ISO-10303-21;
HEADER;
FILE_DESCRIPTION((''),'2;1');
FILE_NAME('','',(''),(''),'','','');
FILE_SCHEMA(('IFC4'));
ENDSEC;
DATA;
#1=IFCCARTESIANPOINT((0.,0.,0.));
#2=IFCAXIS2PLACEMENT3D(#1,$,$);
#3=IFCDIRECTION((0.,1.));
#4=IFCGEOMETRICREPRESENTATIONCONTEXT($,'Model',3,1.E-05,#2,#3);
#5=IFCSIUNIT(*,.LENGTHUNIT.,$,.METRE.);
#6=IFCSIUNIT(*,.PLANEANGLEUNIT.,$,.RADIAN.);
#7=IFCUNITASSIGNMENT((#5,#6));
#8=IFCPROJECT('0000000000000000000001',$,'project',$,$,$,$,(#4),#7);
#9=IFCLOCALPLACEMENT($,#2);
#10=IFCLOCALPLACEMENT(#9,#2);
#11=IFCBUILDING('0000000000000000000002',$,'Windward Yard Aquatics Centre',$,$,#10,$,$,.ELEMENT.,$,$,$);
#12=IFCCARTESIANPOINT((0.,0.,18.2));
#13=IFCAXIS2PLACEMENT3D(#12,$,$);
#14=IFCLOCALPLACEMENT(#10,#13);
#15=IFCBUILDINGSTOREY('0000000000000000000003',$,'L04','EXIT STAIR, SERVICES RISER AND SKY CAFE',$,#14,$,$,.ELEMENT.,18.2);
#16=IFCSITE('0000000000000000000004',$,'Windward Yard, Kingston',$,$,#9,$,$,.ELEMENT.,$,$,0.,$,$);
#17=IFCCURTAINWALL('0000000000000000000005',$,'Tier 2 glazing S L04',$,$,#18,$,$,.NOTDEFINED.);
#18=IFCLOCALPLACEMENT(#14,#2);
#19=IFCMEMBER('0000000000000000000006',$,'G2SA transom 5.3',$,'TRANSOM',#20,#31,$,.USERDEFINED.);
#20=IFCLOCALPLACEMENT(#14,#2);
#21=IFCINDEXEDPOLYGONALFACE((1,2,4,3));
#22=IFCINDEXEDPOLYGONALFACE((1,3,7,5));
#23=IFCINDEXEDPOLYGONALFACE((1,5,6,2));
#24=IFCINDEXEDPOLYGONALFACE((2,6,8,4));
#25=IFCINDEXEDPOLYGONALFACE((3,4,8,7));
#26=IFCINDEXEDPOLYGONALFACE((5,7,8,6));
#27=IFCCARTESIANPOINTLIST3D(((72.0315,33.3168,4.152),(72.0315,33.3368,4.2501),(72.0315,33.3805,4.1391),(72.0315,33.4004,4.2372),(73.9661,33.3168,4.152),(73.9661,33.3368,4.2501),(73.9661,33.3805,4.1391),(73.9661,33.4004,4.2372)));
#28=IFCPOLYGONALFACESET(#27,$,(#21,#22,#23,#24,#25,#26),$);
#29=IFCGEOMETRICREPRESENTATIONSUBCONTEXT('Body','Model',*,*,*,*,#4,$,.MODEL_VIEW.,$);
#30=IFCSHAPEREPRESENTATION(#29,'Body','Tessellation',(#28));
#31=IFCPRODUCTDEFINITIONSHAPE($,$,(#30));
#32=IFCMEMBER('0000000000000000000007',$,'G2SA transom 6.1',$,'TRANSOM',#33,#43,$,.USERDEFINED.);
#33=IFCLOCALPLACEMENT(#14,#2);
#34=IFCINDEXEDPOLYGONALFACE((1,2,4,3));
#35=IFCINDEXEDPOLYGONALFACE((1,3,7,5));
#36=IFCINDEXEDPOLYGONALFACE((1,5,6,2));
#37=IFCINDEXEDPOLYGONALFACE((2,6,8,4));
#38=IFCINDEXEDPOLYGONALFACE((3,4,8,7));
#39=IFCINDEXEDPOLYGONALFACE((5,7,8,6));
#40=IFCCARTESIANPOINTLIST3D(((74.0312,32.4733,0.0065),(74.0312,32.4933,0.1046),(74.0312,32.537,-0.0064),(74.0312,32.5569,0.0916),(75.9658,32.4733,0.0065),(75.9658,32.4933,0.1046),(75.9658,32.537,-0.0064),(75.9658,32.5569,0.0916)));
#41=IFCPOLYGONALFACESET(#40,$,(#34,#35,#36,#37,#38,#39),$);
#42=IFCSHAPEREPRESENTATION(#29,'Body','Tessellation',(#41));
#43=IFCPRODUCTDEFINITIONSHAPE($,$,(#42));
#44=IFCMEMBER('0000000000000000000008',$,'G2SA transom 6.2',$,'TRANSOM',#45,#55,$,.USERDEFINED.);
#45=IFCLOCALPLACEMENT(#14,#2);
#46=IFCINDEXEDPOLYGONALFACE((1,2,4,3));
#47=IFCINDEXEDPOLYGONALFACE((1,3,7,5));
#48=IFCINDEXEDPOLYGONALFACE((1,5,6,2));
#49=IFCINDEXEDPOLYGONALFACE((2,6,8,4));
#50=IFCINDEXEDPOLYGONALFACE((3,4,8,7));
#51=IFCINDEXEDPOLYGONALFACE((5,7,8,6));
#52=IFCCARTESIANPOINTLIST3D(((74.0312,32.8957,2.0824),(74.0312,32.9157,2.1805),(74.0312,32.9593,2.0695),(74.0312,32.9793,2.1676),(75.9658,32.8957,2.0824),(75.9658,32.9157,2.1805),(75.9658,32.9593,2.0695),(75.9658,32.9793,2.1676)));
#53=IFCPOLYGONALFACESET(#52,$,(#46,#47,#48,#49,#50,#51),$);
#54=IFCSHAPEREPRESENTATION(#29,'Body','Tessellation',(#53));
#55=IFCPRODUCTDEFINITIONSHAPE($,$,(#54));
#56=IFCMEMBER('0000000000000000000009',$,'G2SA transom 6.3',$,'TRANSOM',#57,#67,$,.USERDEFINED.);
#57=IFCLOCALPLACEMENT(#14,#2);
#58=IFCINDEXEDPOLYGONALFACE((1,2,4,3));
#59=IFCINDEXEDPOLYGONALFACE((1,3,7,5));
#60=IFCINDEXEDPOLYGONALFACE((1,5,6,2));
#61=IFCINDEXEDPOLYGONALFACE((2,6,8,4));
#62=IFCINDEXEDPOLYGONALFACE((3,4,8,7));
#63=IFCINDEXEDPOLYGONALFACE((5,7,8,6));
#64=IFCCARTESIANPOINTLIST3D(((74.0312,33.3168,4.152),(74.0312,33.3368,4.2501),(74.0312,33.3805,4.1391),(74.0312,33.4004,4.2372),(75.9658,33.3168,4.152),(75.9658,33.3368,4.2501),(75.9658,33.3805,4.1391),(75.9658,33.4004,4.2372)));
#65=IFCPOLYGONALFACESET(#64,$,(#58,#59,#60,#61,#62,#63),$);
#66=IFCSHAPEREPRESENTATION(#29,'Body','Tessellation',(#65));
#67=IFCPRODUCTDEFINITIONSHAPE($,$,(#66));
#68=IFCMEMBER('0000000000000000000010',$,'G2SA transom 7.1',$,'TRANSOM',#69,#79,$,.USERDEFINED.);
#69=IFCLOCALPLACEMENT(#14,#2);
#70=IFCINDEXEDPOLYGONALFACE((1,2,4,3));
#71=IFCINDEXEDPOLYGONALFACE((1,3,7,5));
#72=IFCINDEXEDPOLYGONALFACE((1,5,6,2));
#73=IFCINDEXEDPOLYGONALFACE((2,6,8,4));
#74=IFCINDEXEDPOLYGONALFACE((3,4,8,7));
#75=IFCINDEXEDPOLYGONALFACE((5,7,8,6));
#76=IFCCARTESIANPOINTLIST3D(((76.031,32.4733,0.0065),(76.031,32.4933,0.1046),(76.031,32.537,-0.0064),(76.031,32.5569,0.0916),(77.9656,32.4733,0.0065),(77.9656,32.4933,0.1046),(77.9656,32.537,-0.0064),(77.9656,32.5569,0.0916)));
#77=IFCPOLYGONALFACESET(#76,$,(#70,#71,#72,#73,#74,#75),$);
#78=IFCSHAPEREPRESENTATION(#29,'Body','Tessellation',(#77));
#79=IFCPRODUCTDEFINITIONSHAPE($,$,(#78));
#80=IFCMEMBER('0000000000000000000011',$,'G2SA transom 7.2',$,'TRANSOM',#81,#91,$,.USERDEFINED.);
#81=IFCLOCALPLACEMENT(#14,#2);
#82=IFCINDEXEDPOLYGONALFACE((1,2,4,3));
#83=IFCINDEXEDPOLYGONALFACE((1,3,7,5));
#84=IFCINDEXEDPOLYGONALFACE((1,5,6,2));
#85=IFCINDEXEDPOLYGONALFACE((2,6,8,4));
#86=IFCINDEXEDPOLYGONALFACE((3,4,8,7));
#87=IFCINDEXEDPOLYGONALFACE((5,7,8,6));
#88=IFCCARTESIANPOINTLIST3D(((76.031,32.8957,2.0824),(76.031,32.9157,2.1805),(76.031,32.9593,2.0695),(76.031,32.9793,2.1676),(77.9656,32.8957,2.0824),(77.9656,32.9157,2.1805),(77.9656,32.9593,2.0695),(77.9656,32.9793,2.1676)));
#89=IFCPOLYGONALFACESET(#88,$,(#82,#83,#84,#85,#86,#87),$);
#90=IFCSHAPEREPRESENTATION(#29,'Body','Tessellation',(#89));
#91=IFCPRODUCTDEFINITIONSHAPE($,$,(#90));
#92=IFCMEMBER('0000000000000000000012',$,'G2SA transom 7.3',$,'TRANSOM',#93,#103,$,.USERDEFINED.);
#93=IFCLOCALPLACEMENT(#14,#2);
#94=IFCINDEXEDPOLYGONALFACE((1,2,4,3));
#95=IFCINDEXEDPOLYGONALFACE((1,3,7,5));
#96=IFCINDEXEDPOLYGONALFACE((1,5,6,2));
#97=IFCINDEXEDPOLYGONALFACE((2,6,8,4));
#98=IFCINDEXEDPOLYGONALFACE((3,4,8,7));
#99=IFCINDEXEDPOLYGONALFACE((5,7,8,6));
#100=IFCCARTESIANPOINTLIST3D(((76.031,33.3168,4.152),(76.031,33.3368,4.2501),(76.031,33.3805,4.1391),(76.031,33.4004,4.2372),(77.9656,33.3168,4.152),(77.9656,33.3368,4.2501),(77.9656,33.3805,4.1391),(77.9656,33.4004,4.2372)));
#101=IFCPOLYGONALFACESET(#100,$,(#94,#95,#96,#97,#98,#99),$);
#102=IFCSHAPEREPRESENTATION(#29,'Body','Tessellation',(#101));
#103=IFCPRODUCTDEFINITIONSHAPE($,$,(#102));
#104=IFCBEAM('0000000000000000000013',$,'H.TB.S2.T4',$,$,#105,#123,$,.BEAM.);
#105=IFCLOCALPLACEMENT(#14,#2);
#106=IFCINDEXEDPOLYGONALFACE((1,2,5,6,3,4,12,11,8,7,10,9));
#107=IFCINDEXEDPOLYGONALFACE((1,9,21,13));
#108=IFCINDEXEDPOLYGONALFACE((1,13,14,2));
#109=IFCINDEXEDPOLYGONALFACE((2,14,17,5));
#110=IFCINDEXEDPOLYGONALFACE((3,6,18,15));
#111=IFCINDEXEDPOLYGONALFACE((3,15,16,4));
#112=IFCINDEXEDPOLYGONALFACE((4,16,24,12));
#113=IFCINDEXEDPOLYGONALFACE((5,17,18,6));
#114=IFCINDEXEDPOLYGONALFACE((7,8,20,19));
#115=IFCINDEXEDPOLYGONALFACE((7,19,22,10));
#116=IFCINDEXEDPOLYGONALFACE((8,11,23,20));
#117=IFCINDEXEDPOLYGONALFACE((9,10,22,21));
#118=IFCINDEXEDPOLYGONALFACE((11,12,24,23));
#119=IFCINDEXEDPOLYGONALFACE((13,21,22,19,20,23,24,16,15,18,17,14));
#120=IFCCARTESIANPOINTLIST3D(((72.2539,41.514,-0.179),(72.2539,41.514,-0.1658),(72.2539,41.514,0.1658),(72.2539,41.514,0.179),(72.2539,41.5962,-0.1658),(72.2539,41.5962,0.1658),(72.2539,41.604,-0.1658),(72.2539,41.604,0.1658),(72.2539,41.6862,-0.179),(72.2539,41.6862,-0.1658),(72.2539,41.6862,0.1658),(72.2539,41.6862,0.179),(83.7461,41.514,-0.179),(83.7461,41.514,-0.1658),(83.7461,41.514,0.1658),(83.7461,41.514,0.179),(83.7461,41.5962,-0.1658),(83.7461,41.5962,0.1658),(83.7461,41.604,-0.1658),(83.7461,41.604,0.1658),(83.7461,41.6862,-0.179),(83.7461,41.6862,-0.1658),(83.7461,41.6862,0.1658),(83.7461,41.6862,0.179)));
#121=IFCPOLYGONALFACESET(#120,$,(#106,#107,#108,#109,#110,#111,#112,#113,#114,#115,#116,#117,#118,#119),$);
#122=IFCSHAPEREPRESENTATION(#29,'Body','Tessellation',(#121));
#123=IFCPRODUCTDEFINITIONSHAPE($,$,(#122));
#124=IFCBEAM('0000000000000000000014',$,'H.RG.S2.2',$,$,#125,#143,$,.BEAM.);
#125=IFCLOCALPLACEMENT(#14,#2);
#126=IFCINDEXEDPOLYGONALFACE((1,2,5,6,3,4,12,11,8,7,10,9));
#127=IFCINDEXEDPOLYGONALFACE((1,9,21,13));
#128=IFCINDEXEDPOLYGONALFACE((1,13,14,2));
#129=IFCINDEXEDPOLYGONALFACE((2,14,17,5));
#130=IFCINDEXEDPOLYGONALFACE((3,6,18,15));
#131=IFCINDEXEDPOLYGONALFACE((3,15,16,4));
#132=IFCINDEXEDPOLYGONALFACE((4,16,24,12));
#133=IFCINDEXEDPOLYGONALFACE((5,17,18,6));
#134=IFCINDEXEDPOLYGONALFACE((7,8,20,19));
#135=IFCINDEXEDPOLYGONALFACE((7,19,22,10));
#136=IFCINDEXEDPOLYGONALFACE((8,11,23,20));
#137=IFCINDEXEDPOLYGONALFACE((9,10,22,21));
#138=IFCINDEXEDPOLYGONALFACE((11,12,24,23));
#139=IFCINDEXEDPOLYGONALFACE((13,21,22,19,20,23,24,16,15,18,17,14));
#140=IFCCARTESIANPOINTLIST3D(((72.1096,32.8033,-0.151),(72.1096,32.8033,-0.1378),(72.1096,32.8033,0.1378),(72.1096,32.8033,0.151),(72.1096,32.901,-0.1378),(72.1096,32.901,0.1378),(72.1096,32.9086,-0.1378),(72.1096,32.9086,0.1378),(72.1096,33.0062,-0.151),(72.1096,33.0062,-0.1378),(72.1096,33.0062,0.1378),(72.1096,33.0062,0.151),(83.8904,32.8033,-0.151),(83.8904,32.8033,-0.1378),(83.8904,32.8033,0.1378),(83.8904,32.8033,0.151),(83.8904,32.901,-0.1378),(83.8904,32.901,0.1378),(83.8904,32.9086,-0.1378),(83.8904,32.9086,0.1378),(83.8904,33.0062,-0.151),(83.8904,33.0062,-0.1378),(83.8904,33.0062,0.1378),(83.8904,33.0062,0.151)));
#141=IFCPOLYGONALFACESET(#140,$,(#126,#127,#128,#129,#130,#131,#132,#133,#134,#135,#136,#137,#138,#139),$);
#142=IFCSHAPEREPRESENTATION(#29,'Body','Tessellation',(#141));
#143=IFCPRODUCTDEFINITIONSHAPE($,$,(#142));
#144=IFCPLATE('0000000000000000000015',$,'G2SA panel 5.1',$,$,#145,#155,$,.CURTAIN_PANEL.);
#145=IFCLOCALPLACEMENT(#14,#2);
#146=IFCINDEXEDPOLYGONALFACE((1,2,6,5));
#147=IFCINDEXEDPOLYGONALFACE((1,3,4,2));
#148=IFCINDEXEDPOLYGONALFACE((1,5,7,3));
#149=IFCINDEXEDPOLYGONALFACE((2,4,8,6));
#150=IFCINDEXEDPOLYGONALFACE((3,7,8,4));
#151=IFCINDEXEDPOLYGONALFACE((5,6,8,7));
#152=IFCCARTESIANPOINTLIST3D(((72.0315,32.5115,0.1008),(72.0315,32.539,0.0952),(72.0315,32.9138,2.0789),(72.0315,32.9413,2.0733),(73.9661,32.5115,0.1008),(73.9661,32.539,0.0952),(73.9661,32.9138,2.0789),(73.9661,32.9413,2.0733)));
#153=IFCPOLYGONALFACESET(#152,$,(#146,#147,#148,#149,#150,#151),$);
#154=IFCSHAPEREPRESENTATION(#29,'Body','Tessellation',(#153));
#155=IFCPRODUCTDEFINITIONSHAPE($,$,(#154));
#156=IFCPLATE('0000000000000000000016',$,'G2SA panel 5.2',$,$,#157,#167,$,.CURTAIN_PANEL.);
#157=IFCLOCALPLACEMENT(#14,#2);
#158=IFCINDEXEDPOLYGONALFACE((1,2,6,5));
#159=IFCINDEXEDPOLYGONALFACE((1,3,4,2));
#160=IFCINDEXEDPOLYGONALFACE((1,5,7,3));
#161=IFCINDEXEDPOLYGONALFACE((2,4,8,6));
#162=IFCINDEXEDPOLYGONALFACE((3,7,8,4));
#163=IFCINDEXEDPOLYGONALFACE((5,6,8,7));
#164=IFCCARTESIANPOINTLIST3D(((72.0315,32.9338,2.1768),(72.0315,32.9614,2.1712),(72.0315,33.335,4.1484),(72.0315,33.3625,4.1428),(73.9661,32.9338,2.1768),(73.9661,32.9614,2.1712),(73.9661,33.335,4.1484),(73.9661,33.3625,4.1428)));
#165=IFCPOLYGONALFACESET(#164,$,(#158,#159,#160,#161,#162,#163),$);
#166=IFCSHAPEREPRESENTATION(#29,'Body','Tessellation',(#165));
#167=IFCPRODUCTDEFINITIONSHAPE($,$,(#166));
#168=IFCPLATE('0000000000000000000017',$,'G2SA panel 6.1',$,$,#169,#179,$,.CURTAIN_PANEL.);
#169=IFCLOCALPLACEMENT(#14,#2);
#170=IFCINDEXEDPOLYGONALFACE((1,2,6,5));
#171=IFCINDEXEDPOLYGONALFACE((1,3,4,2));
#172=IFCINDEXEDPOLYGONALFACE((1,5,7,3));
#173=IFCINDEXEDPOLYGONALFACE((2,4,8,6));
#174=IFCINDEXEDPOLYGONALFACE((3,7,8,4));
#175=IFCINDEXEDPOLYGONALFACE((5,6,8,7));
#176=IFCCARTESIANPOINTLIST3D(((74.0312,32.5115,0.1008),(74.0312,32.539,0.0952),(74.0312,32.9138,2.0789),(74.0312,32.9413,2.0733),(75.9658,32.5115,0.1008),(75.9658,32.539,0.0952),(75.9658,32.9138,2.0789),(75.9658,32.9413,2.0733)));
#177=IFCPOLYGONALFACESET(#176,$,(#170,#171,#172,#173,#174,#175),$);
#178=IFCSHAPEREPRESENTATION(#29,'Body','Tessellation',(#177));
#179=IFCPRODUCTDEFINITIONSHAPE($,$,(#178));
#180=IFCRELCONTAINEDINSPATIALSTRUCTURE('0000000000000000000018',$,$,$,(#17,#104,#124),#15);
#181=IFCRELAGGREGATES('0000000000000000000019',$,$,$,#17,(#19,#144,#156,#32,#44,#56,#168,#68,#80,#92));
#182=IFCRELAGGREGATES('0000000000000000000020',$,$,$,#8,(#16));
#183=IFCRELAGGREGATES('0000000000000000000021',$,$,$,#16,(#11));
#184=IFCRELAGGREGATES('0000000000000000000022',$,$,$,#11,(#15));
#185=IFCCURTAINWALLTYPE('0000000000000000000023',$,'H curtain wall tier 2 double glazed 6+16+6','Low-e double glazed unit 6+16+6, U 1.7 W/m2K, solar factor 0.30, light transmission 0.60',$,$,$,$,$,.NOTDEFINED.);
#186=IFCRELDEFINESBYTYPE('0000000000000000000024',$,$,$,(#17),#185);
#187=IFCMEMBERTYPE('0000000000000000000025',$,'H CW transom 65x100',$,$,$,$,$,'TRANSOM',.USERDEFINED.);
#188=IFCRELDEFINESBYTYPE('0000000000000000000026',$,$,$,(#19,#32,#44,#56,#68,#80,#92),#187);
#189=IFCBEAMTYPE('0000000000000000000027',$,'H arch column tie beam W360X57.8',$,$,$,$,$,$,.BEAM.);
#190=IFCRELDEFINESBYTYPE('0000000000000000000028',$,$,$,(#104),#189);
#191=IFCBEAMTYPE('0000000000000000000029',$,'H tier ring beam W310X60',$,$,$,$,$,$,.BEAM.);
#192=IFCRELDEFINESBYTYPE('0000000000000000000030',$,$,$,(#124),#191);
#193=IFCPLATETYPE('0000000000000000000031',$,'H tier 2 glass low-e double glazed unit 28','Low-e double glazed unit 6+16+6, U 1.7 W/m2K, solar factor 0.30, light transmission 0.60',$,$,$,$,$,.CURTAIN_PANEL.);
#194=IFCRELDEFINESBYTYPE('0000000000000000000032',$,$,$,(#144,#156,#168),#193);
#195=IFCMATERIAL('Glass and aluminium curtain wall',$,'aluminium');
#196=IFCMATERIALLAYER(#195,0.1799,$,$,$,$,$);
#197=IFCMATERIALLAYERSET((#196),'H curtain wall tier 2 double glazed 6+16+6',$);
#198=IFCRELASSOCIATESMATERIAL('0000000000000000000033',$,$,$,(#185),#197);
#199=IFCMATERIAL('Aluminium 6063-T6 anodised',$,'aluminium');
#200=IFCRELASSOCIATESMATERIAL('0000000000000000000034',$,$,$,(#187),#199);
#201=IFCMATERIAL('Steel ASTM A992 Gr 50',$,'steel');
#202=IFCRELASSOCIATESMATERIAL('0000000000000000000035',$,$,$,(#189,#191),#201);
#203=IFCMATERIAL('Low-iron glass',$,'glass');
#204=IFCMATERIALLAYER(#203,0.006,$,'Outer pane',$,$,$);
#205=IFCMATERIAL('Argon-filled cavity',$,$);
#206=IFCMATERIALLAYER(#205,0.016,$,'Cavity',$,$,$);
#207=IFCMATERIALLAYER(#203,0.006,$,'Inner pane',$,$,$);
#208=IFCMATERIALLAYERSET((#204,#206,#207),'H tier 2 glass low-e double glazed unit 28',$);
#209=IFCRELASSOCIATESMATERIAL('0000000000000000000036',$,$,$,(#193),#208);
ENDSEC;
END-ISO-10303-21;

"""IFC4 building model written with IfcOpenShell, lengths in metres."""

from ifc_helpers import new_model, si_unit, direction, frame, origin, origin_2d, place, context, subcontext, project, spatial, polyline, rectangle, i_section, outline, extrude, material, layer, layer_set, material_profile, profile_set, type_object, element, aggregate, save


model = new_model("IFC4")

# Units and contexts
model_context = context("Model", 3, precision=1e-05, world=origin(), true_north=direction((0.0, 1.0)))
body_context = subcontext(model_context, "Body", "Model", "MODEL_VIEW")
ifc_project = project(units=[si_unit("LENGTHUNIT", "METRE"), si_unit("PLANEANGLEUNIT", "RADIAN")], contexts=[model_context])

# Site, building, storey
site_placement = place(None, origin())
site = spatial("IfcSite", under=ifc_project, at=site_placement, Name="Windward Yard, Kingston", CompositionType="ELEMENT", RefElevation=0.0)
building_placement = place(site_placement, origin())
building = spatial("IfcBuilding", under=site, at=building_placement, Name="Windward Yard Aquatics Centre", CompositionType="ELEMENT")
storey_placement = place(building_placement, frame((0.0, 0.0, 18.2)))
storey = spatial("IfcBuildingStorey", under=building, at=storey_placement, Name="L04", Description="EXIT STAIR, SERVICES RISER AND SKY CAFE", CompositionType="ELEMENT", Elevation=18.2)

# Curtain wall, members
ifc_material_1 = material(Name="Glass and aluminium curtain wall", Category="aluminium")
ifc_layer_1 = layer(ifc_material_1, 0.1799)
ifc_layer_set_1 = layer_set([ifc_layer_1], Name="H curtain wall tier 2 double glazed 6+16+6")
curtain_wall_type = type_object("IfcCurtainWallType", Name="H curtain wall tier 2 double glazed 6+16+6", Description="Low-e double glazed unit 6+16+6, U 1.7 W/m2K, solar factor 0.30, light transmission 0.60", PredefinedType="NOTDEFINED", material=ifc_layer_set_1)
curtain_wall_placement = place(storey_placement, origin())
curtain_wall = element("IfcCurtainWall", 1, at=curtain_wall_placement, inside=storey, type_object=curtain_wall_type, Name="Tier 2 glazing S L04", PredefinedType="NOTDEFINED")
ifc_material_2 = material(Name="Aluminium 6063-T6 anodised", Category="aluminium")
ifc_material_profile_1 = material_profile(ifc_material_2, rectangle(XDim=0.0649, YDim=0.1001, at=origin_2d()), Name="H CW transom 65x100")
ifc_profile_set_1 = profile_set([ifc_material_profile_1], Name="Aluminium 6063-T6 anodised")
member_type_1 = type_object("IfcMemberType", Name="H CW transom 65x100", ElementType="TRANSOM", PredefinedType="USERDEFINED", material=ifc_profile_set_1)
member_1_placement = place(storey_placement, frame((72.0315, 33.3586, 4.1946), z_axis=(1.0, 0.0, 0.0), x_axis=(0.0, -0.979925, 0.199368)))
member_1 = element("IfcMember", 2, at=member_1_placement, type_object=member_type_1, Name="G2SA transom 5.3", ObjectType="TRANSOM", PredefinedType="USERDEFINED", context=body_context, shape_type="SweptSolid", body=[
    extrude(rectangle(XDim=0.0649, YDim=0.1001, at=origin_2d()), origin(), (0.0, 0.0, 1.0), 1.9346),
])
member_2_placement = place(storey_placement, frame((74.0312, 32.5151, 0.0491), z_axis=(1.0, 0.0, 0.0), x_axis=(0.0, -0.979925, 0.199368)))
member_2 = element("IfcMember", 3, at=member_2_placement, type_object=member_type_1, Name="G2SA transom 6.1", ObjectType="TRANSOM", PredefinedType="USERDEFINED", context=body_context, shape_type="SweptSolid", body=[
    extrude(rectangle(XDim=0.0649, YDim=0.1001, at=origin_2d()), origin(), (0.0, 0.0, 1.0), 1.9346),
])
member_3_placement = place(storey_placement, frame((74.0312, 32.9375, 2.125), z_axis=(1.0, 0.0, 0.0), x_axis=(0.0, -0.979925, 0.199368)))
member_3 = element("IfcMember", 4, at=member_3_placement, type_object=member_type_1, Name="G2SA transom 6.2", ObjectType="TRANSOM", PredefinedType="USERDEFINED", context=body_context, shape_type="SweptSolid", body=[
    extrude(rectangle(XDim=0.0649, YDim=0.1001, at=origin_2d()), origin(), (0.0, 0.0, 1.0), 1.9346),
])
member_4_placement = place(storey_placement, frame((74.0312, 33.3586, 4.1946), z_axis=(1.0, 0.0, 0.0), x_axis=(0.0, -0.979925, 0.199368)))
member_4 = element("IfcMember", 5, at=member_4_placement, type_object=member_type_1, Name="G2SA transom 6.3", ObjectType="TRANSOM", PredefinedType="USERDEFINED", context=body_context, shape_type="SweptSolid", body=[
    extrude(rectangle(XDim=0.0649, YDim=0.1001, at=origin_2d()), origin(), (0.0, 0.0, 1.0), 1.9346),
])
member_5_placement = place(storey_placement, frame((76.031, 32.5151, 0.0491), z_axis=(1.0, 0.0, 0.0), x_axis=(0.0, -0.979925, 0.199368)))
member_5 = element("IfcMember", 6, at=member_5_placement, type_object=member_type_1, Name="G2SA transom 7.1", ObjectType="TRANSOM", PredefinedType="USERDEFINED", context=body_context, shape_type="SweptSolid", body=[
    extrude(rectangle(XDim=0.0649, YDim=0.1001, at=origin_2d()), origin(), (0.0, 0.0, 1.0), 1.9346),
])
member_6_placement = place(storey_placement, frame((76.031, 32.9375, 2.125), z_axis=(1.0, 0.0, 0.0), x_axis=(0.0, -0.979925, 0.199368)))
member_6 = element("IfcMember", 7, at=member_6_placement, type_object=member_type_1, Name="G2SA transom 7.2", ObjectType="TRANSOM", PredefinedType="USERDEFINED", context=body_context, shape_type="SweptSolid", body=[
    extrude(rectangle(XDim=0.0649, YDim=0.1001, at=origin_2d()), origin(), (0.0, 0.0, 1.0), 1.9346),
])
member_7_placement = place(storey_placement, frame((76.031, 33.3586, 4.1946), z_axis=(1.0, 0.0, 0.0), x_axis=(0.0, -0.979925, 0.199368)))
member_7 = element("IfcMember", 8, at=member_7_placement, type_object=member_type_1, Name="G2SA transom 7.3", ObjectType="TRANSOM", PredefinedType="USERDEFINED", context=body_context, shape_type="SweptSolid", body=[
    extrude(rectangle(XDim=0.0649, YDim=0.1001, at=origin_2d()), origin(), (0.0, 0.0, 1.0), 1.9346),
])

# Beams
ifc_material_3 = material(Name="Steel ASTM A992 Gr 50", Category="steel")
ifc_material_profile_2 = material_profile(ifc_material_3, i_section(OverallWidth=0.1721, OverallDepth=0.3579, WebThickness=0.0078, FlangeThickness=0.0132, at=origin_2d()), Name="W360X57.8")
ifc_profile_set_2 = profile_set([ifc_material_profile_2], Name="Steel ASTM A992 Gr 50")
beam_type_1 = type_object("IfcBeamType", Name="H arch column tie beam W360X57.8", PredefinedType="BEAM", material=ifc_profile_set_2)
beam_1_placement = place(storey_placement, frame((72.2539, 41.6001, 0.0), z_axis=(1.0, 0.0, 0.0), x_axis=(0.0, 1.0, 0.0)))
element("IfcBeam", 9, at=beam_1_placement, inside=storey, type_object=beam_type_1, Name="H.TB.S2.T4", PredefinedType="BEAM", context=body_context, shape_type="SweptSolid", body=[
    extrude(i_section(OverallWidth=0.1721, OverallDepth=0.3579, WebThickness=0.0078, FlangeThickness=0.0132, at=origin_2d()), origin(), (0.0, 0.0, 1.0), 11.4922),
])
ifc_material_profile_3 = material_profile(ifc_material_3, i_section(OverallWidth=0.2029, OverallDepth=0.302, WebThickness=0.0076, FlangeThickness=0.0132, at=origin_2d()), Name="W310X60")
ifc_profile_set_3 = profile_set([ifc_material_profile_3], Name="Steel ASTM A992 Gr 50")
beam_type_2 = type_object("IfcBeamType", Name="H tier ring beam W310X60", PredefinedType="BEAM", material=ifc_profile_set_3)
beam_2_placement = place(storey_placement, frame((72.1096, 32.9048, 0.0), z_axis=(1.0, 0.0, 0.0), x_axis=(0.0, 1.0, 0.0)))
element("IfcBeam", 10, at=beam_2_placement, inside=storey, type_object=beam_type_2, Name="H.RG.S2.2", PredefinedType="BEAM", context=body_context, shape_type="SweptSolid", body=[
    extrude(i_section(OverallWidth=0.2029, OverallDepth=0.302, WebThickness=0.0076, FlangeThickness=0.0132, at=origin_2d()), origin(), (0.0, 0.0, 1.0), 11.7808),
])

# Plates
ifc_material_4 = material(Name="Low-iron glass", Category="glass")
ifc_layer_2 = layer(ifc_material_4, 0.006, Name="Outer pane")
ifc_material_5 = material(Name="Argon-filled cavity")
ifc_layer_3 = layer(ifc_material_5, 0.016, Name="Cavity")
ifc_layer_4 = layer(ifc_material_4, 0.006, Name="Inner pane")
ifc_layer_set_2 = layer_set([ifc_layer_2, ifc_layer_3, ifc_layer_4], Name="H tier 2 glass low-e double glazed unit 28")
plate_type = type_object("IfcPlateType", Name="H tier 2 glass low-e double glazed unit 28", Description="Low-e double glazed unit 6+16+6, U 1.7 W/m2K, solar factor 0.30, light transmission 0.60", PredefinedType="CURTAIN_PANEL", material=ifc_layer_set_2)
plate_1_placement = place(storey_placement, frame((72.0315, 32.5115, 0.1008), z_axis=(0.0, -0.979933, 0.199325), x_axis=(1.0, 0.0, 0.0)))
plate_1 = element("IfcPlate", 11, at=plate_1_placement, type_object=plate_type, Name="G2SA panel 5.1", PredefinedType="CURTAIN_PANEL", context=body_context, shape_type="SweptSolid", body=[
    extrude(outline(polyline([(0.0, 0.0), (1.9346, 0.0), (1.9346, 2.0185), (0.0, 2.0185), (0.0, 0.0)])), origin(), (0.0, 0.0, -1.0), 0.0281),
])
plate_2_placement = place(storey_placement, frame((72.0315, 32.9338, 2.1768), z_axis=(0.0, -0.979927, 0.199359), x_axis=(1.0, 0.0, 0.0)))
plate_2 = element("IfcPlate", 12, at=plate_2_placement, type_object=plate_type, Name="G2SA panel 5.2", PredefinedType="CURTAIN_PANEL", context=body_context, shape_type="SweptSolid", body=[
    extrude(outline(polyline([(0.0, 0.0), (1.9346, 0.0), (1.9346, 2.0121), (0.0, 2.0121), (0.0, 0.0)])), origin(), (0.0, 0.0, -1.0), 0.0281),
])
plate_3_placement = place(storey_placement, frame((74.0312, 32.5115, 0.1008), z_axis=(0.0, -0.979933, 0.199325), x_axis=(1.0, 0.0, 0.0)))
plate_3 = element("IfcPlate", 13, at=plate_3_placement, type_object=plate_type, Name="G2SA panel 6.1", PredefinedType="CURTAIN_PANEL", context=body_context, shape_type="SweptSolid", body=[
    extrude(outline(polyline([(0.0, 0.0), (1.9346, 0.0), (1.9346, 2.0185), (0.0, 2.0185), (0.0, 0.0)])), origin(), (0.0, 0.0, -1.0), 0.0281),
])
aggregate(curtain_wall, [member_1, plate_1, plate_2, member_2, member_3, member_4, plate_3, member_5, member_6, member_7])

save(model, "model.ifc")
